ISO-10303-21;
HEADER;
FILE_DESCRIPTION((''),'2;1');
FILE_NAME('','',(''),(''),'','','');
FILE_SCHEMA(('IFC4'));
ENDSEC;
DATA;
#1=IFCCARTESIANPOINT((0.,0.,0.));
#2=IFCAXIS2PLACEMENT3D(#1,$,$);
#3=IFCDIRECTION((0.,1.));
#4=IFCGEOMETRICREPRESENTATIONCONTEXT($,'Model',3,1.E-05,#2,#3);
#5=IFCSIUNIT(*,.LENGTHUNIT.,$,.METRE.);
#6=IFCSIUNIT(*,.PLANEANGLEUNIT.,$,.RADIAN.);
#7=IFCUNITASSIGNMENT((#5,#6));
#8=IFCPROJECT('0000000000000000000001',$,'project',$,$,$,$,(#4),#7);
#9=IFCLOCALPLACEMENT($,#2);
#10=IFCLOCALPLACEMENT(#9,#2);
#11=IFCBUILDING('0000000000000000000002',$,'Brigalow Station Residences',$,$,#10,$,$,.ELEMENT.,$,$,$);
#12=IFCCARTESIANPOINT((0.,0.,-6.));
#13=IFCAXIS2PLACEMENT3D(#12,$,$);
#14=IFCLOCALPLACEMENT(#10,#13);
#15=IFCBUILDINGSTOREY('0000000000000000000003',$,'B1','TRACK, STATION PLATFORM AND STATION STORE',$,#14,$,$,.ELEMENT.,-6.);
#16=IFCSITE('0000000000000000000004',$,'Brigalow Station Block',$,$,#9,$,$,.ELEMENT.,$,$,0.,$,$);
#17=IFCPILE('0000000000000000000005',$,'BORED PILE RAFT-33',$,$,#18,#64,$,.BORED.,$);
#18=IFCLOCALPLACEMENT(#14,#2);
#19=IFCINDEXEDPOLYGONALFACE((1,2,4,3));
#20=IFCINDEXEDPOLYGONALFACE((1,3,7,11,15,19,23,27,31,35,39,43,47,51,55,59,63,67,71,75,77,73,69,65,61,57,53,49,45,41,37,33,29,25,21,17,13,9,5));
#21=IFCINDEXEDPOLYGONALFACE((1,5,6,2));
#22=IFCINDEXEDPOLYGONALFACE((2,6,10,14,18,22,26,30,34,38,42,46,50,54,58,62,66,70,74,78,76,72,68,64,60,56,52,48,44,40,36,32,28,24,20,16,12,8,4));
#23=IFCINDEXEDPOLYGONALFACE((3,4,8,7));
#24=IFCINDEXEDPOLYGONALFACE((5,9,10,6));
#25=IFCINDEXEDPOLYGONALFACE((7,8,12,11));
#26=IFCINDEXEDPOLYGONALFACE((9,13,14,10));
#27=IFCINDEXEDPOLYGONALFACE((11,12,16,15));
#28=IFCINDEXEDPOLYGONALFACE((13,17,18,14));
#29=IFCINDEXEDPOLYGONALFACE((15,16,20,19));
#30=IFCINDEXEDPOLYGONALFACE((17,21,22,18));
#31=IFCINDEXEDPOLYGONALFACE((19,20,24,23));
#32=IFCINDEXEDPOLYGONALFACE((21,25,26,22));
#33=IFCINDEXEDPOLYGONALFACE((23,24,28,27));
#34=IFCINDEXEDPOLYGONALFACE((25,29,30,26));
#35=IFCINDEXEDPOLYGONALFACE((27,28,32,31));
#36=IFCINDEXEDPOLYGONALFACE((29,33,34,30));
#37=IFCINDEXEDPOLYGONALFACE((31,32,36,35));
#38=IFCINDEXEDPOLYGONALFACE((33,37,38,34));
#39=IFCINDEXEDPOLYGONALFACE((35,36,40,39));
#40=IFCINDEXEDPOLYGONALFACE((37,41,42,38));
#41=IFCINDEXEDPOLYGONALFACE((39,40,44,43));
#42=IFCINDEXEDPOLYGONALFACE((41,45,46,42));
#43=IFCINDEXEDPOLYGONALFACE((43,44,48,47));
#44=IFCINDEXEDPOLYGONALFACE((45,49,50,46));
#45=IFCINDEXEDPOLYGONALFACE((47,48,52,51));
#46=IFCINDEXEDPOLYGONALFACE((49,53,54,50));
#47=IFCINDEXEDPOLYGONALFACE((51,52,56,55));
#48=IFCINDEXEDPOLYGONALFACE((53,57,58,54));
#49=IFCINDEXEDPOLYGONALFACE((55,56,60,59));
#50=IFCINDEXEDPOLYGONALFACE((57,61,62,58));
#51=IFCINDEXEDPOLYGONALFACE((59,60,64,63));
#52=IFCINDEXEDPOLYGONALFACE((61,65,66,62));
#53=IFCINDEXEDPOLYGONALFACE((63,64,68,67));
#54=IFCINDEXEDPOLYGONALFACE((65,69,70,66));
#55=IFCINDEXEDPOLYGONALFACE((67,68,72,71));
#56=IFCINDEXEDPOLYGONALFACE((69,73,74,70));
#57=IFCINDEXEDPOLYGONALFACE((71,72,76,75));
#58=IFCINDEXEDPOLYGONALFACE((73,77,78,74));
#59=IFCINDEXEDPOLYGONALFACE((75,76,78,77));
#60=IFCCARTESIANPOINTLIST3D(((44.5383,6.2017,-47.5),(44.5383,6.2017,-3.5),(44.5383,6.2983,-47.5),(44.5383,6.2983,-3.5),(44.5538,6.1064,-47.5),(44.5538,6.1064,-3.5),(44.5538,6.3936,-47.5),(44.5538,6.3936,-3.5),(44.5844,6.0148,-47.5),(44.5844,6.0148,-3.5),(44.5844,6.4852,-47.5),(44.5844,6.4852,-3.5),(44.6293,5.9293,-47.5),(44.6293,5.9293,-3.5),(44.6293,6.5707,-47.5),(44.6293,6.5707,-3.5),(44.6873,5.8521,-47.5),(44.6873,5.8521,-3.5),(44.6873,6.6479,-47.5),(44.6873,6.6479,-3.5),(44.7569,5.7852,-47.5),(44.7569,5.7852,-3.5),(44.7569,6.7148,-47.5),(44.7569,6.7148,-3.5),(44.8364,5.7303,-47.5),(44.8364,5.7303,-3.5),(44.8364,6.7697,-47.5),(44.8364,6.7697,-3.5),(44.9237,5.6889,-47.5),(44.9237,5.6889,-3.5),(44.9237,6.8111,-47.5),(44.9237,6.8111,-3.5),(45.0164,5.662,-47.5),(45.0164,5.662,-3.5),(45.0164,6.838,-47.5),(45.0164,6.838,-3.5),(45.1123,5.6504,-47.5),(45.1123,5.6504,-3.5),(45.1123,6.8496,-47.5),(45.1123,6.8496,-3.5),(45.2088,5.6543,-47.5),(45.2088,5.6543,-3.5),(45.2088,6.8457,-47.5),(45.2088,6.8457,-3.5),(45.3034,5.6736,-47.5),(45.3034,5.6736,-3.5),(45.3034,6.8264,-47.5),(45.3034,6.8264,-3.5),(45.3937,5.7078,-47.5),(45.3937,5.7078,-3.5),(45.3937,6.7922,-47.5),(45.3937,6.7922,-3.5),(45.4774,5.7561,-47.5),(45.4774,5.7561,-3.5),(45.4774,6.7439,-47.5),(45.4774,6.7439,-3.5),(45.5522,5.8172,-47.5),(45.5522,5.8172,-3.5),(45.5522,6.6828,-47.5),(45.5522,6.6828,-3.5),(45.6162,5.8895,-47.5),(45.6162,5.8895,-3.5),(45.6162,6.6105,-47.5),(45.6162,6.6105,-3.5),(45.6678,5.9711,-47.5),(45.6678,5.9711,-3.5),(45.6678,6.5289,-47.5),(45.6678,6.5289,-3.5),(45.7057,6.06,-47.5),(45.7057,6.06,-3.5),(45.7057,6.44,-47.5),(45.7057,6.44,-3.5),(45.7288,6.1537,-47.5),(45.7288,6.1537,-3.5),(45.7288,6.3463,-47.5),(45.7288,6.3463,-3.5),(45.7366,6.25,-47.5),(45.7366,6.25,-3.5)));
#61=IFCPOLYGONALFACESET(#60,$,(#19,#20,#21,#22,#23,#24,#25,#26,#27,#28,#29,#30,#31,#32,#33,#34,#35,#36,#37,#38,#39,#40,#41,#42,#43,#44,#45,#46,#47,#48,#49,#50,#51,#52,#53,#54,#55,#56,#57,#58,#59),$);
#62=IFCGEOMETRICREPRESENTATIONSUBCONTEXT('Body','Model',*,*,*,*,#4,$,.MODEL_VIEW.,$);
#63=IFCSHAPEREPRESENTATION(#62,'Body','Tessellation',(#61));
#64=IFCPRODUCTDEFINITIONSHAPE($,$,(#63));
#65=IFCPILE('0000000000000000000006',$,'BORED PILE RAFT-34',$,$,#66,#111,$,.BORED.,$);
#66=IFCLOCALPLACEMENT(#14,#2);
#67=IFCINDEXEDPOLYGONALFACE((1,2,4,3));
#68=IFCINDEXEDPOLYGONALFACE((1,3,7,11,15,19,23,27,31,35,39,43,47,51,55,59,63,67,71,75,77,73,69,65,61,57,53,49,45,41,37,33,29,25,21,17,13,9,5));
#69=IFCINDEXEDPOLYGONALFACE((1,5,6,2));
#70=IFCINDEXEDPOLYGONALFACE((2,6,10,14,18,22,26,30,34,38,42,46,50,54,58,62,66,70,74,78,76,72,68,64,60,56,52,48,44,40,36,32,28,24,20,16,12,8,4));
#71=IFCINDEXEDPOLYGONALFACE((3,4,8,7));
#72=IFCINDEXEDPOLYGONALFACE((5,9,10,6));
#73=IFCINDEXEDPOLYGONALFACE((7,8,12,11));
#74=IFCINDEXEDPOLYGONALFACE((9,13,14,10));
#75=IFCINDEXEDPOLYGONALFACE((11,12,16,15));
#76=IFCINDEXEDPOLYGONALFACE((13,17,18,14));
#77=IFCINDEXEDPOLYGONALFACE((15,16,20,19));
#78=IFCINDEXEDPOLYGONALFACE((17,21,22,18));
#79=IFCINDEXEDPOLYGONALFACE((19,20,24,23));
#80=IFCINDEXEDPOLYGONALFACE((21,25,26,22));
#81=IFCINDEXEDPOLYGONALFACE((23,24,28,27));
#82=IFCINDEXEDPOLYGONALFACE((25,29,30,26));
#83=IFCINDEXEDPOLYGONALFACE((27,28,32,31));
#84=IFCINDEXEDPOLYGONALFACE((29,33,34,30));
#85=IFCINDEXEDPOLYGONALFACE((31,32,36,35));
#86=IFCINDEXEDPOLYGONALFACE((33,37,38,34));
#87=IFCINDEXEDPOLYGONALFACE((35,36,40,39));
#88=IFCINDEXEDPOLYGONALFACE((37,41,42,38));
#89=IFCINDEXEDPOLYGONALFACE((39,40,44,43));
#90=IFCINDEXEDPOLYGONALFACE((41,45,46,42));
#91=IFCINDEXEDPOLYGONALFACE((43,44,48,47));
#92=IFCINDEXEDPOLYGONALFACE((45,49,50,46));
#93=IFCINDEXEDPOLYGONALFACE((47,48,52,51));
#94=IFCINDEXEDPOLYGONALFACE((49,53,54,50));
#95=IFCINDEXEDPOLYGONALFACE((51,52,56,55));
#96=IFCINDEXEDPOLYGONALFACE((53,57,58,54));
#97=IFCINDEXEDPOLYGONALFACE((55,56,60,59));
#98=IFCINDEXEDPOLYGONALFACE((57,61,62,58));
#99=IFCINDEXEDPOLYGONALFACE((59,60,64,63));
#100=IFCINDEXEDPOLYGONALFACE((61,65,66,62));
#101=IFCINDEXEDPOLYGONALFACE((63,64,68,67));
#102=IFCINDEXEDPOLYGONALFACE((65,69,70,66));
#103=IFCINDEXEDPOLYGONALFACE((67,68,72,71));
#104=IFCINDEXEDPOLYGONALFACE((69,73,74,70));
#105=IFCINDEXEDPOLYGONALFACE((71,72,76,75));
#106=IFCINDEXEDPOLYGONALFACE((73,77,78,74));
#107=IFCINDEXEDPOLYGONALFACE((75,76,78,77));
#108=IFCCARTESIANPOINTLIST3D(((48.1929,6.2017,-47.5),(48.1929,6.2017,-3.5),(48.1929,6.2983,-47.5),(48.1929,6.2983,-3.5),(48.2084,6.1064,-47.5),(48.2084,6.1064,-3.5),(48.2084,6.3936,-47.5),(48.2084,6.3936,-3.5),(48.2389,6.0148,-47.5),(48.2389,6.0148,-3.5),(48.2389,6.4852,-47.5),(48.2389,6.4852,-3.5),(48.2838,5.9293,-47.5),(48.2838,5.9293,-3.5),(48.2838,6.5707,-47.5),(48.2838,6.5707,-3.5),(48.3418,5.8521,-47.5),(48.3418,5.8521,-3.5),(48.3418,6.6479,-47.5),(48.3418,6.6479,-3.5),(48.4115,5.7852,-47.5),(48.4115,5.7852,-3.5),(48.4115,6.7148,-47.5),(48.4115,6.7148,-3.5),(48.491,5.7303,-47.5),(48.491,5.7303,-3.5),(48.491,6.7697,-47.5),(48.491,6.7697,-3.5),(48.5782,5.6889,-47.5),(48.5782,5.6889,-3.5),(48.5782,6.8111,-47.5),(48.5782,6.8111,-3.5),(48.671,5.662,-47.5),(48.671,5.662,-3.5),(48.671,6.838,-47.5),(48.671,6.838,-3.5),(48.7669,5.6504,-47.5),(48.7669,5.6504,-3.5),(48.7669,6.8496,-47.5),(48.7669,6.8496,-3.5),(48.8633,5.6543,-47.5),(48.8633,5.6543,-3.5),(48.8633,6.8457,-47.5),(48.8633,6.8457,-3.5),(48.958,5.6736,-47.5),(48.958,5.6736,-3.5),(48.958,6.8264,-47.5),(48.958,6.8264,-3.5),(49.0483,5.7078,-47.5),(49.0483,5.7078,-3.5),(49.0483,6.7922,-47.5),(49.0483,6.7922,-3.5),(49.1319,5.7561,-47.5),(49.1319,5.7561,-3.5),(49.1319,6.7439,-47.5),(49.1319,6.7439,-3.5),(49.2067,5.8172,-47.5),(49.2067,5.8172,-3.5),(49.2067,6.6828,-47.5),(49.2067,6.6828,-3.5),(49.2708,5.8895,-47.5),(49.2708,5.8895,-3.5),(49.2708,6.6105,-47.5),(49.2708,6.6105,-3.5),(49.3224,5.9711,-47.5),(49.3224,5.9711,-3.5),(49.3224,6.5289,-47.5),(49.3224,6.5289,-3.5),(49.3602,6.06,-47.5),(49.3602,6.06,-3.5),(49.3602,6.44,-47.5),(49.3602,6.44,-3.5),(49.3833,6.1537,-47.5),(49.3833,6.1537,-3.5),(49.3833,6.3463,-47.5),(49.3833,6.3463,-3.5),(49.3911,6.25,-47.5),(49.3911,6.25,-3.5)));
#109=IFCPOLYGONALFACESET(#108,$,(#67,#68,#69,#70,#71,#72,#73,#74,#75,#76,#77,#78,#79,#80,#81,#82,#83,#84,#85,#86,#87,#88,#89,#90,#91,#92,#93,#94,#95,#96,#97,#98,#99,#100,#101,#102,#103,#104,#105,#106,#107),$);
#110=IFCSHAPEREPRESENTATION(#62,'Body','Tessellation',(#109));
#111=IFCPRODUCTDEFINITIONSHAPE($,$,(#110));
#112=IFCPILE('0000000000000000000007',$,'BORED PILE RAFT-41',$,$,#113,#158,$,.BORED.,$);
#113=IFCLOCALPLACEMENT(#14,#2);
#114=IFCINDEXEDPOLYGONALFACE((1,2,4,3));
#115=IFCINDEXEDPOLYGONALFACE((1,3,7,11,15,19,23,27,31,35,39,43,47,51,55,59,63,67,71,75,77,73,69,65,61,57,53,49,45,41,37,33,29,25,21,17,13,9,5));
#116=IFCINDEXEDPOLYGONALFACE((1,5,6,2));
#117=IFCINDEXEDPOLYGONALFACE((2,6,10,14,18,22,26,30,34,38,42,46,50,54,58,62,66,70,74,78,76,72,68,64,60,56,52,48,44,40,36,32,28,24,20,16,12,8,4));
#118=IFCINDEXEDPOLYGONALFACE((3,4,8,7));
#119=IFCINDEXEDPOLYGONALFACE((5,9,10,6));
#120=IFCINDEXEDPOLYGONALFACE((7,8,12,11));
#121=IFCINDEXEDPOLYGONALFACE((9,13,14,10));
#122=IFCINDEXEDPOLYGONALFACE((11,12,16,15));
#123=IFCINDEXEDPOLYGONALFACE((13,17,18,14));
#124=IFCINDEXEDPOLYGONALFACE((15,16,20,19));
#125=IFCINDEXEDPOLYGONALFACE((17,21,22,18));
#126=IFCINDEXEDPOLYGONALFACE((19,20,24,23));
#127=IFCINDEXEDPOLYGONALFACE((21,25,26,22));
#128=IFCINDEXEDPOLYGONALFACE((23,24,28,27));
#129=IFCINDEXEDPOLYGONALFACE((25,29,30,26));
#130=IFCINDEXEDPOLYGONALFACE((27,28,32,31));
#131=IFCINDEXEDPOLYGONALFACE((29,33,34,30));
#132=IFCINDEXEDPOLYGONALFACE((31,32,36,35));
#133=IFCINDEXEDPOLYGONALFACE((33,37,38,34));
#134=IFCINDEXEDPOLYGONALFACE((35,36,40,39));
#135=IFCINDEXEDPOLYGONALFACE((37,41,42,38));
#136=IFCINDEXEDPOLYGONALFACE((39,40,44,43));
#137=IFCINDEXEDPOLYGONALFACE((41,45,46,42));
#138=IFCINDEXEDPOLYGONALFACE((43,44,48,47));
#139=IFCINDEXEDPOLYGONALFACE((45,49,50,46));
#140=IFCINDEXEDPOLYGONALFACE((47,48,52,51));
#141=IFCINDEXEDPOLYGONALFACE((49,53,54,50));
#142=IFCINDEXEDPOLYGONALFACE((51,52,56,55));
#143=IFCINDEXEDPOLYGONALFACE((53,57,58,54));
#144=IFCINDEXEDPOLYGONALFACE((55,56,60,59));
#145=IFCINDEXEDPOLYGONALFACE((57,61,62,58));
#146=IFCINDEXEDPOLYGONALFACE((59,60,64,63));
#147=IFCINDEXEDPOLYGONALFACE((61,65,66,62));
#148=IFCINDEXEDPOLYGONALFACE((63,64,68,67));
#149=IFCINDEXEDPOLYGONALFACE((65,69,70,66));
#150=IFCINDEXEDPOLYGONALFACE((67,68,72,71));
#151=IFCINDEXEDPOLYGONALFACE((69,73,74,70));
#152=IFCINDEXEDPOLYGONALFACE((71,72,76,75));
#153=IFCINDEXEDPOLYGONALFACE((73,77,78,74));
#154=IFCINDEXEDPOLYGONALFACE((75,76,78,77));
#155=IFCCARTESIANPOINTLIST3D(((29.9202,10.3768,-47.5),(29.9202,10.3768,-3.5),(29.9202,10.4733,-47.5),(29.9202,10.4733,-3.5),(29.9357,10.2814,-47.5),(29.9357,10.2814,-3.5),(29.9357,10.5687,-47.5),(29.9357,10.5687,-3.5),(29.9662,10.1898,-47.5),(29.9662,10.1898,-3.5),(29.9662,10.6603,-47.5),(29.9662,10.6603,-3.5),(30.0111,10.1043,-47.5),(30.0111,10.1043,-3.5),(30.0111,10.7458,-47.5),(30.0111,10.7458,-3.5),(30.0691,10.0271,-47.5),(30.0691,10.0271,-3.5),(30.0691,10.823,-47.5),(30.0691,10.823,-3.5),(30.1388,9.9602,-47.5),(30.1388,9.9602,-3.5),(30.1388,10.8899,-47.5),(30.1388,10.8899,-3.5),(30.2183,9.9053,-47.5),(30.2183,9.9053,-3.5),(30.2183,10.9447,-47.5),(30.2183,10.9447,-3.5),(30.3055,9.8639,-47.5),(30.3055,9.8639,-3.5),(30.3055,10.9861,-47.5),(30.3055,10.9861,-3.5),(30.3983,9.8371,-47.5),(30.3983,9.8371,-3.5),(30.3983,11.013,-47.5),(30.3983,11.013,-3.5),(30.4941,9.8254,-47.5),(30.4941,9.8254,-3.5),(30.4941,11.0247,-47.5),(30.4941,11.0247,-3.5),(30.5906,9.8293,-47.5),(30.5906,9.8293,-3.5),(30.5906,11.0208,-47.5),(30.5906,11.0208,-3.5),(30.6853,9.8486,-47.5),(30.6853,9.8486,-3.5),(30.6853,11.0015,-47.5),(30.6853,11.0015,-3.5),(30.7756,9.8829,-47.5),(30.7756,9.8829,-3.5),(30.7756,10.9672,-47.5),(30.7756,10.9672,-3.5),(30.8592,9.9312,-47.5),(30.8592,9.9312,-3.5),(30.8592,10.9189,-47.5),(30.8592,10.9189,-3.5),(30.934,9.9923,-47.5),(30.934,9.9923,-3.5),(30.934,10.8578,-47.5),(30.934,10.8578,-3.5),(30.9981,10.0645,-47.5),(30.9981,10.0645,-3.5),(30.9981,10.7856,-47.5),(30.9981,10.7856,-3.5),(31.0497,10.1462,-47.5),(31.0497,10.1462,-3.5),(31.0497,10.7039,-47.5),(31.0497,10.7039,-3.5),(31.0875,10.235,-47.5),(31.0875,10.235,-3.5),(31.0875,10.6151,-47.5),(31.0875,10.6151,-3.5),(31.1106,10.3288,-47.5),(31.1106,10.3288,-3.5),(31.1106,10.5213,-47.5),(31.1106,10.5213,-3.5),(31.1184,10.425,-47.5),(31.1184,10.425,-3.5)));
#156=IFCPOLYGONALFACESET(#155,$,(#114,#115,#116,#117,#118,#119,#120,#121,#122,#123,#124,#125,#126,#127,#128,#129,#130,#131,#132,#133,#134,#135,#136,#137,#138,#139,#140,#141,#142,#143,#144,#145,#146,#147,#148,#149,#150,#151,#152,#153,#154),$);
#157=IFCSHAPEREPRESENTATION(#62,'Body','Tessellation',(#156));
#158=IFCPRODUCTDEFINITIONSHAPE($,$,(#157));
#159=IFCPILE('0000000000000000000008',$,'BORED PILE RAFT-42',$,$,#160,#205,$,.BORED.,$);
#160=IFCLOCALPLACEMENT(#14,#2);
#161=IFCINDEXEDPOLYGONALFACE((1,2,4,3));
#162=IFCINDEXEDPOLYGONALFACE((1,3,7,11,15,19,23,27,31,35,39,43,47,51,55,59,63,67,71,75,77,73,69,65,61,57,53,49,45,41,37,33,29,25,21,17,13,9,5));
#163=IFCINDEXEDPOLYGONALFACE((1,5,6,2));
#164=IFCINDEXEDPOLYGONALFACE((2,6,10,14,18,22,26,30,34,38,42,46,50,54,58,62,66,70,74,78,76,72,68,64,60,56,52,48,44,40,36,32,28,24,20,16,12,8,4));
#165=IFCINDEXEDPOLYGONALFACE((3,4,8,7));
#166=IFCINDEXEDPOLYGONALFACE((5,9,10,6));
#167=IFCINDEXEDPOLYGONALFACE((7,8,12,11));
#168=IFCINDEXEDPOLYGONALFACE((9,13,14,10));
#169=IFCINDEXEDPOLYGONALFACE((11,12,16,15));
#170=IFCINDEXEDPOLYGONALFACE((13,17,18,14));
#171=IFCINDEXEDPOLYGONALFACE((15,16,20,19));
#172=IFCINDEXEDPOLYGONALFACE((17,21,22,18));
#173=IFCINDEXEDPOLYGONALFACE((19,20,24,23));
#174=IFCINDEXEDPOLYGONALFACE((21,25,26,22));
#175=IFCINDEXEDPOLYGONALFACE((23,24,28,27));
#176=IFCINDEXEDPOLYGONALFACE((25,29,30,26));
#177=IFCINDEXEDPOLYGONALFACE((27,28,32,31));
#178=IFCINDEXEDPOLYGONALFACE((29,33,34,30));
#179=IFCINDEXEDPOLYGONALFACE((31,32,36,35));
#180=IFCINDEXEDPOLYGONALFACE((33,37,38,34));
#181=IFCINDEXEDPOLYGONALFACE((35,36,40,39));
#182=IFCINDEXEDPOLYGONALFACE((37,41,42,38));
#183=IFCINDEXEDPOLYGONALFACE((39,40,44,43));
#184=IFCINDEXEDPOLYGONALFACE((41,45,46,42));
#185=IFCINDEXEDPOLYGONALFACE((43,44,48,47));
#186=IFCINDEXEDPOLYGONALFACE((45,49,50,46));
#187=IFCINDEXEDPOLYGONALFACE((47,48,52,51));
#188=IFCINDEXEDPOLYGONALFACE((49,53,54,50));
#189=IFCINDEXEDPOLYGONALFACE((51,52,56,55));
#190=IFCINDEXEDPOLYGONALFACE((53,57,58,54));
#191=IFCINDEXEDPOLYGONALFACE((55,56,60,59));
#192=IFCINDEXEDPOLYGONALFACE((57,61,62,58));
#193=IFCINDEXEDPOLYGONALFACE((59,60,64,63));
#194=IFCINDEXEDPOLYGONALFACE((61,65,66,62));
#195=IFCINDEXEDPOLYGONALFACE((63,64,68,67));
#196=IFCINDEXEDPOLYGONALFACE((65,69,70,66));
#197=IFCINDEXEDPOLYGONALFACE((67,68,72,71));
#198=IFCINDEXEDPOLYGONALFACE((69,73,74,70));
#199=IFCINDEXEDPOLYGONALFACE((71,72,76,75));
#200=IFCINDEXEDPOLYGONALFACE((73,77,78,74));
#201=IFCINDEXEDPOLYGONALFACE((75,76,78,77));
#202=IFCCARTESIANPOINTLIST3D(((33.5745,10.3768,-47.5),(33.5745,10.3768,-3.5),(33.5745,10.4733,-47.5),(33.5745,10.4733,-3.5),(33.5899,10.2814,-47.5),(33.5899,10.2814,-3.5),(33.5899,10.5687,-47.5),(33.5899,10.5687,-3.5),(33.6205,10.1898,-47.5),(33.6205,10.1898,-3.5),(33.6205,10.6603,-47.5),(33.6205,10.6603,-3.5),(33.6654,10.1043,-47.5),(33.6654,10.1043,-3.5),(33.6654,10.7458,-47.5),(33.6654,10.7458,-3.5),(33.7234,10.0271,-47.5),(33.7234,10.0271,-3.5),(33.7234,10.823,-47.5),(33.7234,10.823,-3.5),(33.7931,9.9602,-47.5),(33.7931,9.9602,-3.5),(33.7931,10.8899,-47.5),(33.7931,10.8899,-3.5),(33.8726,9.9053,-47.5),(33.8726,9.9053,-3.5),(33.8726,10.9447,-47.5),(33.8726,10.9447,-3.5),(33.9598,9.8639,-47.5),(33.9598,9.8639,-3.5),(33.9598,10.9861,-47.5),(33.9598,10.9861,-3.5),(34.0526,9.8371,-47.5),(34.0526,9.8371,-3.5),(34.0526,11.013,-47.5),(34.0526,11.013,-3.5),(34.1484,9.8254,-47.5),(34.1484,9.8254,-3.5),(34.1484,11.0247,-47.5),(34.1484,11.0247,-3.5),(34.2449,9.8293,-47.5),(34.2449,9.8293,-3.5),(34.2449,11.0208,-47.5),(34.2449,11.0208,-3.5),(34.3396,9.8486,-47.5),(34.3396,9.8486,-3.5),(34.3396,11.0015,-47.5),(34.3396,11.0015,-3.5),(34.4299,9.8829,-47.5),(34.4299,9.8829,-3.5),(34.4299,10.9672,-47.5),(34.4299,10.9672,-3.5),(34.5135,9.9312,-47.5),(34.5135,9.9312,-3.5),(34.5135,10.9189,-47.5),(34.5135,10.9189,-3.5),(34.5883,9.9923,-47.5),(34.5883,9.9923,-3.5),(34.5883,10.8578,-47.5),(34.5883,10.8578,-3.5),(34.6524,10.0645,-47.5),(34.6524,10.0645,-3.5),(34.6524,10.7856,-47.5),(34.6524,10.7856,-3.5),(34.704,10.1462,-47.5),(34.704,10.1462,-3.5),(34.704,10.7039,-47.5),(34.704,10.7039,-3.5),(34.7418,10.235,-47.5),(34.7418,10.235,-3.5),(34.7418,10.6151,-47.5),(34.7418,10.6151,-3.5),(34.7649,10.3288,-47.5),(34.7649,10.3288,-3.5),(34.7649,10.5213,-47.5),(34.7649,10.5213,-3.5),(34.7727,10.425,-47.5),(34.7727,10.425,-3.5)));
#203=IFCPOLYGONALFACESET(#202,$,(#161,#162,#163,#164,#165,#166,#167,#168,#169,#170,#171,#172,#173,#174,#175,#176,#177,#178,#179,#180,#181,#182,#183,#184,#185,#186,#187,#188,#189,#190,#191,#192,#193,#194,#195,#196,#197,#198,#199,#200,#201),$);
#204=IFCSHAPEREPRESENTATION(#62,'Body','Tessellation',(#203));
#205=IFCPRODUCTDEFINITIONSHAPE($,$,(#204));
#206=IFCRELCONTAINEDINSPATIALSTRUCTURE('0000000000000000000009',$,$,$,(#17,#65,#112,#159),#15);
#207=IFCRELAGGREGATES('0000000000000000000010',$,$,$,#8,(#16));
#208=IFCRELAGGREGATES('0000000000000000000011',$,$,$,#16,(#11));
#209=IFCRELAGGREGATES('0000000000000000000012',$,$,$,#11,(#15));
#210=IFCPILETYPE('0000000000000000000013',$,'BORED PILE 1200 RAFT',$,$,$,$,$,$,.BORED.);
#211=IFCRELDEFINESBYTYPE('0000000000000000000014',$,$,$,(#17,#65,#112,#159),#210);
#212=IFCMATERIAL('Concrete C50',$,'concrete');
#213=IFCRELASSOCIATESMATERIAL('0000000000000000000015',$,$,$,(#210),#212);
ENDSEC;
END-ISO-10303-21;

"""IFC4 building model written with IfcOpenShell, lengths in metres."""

from ifc_helpers import new_model, si_unit, direction, frame, origin, origin_2d, place, context, subcontext, project, spatial, circle, extrude, material, material_profile, profile_set, type_object, element, save


model = new_model("IFC4")

# Units and contexts
model_context = context("Model", 3, precision=1e-05, world=origin(), true_north=direction((0.0, 1.0)))
body_context = subcontext(model_context, "Body", "Model", "MODEL_VIEW")
ifc_project = project(units=[si_unit("LENGTHUNIT", "METRE"), si_unit("PLANEANGLEUNIT", "RADIAN")], contexts=[model_context])

# Site, building, storey
site_placement = place(None, origin())
site = spatial("IfcSite", under=ifc_project, at=site_placement, Name="Brigalow Station Block", CompositionType="ELEMENT", RefElevation=0.0)
building_placement = place(site_placement, origin())
building = spatial("IfcBuilding", under=site, at=building_placement, Name="Brigalow Station Residences", CompositionType="ELEMENT")
storey_placement = place(building_placement, frame((0.0, 0.0, -6.0)))
storey = spatial("IfcBuildingStorey", under=building, at=storey_placement, Name="B1", Description="TRACK, STATION PLATFORM AND STATION STORE", CompositionType="ELEMENT", Elevation=-6.0)

# Piles
ifc_material_1 = material(Name="Concrete C50", Category="concrete")
ifc_material_profile = material_profile(ifc_material_1, circle(Radius=0.6001, at=origin_2d()), Name="BP1200")
ifc_profile_set = profile_set([ifc_material_profile], Name="Concrete C50")
pile_type = type_object("IfcPileType", Name="BORED PILE 1200 RAFT", PredefinedType="BORED", material=ifc_profile_set)
for number, where, z_axis, x_axis, name in (
    (1, (45.1365, 6.25, -3.5), (0.0, 0.0, -1.0), (1.0, 0.0, 0.0), "BORED PILE RAFT-33"),
    (2, (48.791, 6.25, -3.5), (0.0, 0.0, -1.0), (1.0, 0.0, 0.0), "BORED PILE RAFT-34"),
    (3, (30.5183, 10.425, -3.5), (0.0, 0.0, -1.0), (1.0, 0.0, 0.0), "BORED PILE RAFT-41"),
    (4, (34.1726, 10.425, -3.5), (0.0, 0.0, -1.0), (1.0, 0.0, 0.0), "BORED PILE RAFT-42"),
):
    element("IfcPile", number, at=place(storey_placement, frame(where, z_axis=z_axis, x_axis=x_axis)), inside=storey, type_object=pile_type, Name=name, PredefinedType="BORED", context=body_context, shape_type="SweptSolid", body=[
        extrude(circle(Radius=0.6001, at=origin_2d()), origin(), (0.0, 0.0, 1.0), 44.0),
    ])

save(model, "model.ifc")
